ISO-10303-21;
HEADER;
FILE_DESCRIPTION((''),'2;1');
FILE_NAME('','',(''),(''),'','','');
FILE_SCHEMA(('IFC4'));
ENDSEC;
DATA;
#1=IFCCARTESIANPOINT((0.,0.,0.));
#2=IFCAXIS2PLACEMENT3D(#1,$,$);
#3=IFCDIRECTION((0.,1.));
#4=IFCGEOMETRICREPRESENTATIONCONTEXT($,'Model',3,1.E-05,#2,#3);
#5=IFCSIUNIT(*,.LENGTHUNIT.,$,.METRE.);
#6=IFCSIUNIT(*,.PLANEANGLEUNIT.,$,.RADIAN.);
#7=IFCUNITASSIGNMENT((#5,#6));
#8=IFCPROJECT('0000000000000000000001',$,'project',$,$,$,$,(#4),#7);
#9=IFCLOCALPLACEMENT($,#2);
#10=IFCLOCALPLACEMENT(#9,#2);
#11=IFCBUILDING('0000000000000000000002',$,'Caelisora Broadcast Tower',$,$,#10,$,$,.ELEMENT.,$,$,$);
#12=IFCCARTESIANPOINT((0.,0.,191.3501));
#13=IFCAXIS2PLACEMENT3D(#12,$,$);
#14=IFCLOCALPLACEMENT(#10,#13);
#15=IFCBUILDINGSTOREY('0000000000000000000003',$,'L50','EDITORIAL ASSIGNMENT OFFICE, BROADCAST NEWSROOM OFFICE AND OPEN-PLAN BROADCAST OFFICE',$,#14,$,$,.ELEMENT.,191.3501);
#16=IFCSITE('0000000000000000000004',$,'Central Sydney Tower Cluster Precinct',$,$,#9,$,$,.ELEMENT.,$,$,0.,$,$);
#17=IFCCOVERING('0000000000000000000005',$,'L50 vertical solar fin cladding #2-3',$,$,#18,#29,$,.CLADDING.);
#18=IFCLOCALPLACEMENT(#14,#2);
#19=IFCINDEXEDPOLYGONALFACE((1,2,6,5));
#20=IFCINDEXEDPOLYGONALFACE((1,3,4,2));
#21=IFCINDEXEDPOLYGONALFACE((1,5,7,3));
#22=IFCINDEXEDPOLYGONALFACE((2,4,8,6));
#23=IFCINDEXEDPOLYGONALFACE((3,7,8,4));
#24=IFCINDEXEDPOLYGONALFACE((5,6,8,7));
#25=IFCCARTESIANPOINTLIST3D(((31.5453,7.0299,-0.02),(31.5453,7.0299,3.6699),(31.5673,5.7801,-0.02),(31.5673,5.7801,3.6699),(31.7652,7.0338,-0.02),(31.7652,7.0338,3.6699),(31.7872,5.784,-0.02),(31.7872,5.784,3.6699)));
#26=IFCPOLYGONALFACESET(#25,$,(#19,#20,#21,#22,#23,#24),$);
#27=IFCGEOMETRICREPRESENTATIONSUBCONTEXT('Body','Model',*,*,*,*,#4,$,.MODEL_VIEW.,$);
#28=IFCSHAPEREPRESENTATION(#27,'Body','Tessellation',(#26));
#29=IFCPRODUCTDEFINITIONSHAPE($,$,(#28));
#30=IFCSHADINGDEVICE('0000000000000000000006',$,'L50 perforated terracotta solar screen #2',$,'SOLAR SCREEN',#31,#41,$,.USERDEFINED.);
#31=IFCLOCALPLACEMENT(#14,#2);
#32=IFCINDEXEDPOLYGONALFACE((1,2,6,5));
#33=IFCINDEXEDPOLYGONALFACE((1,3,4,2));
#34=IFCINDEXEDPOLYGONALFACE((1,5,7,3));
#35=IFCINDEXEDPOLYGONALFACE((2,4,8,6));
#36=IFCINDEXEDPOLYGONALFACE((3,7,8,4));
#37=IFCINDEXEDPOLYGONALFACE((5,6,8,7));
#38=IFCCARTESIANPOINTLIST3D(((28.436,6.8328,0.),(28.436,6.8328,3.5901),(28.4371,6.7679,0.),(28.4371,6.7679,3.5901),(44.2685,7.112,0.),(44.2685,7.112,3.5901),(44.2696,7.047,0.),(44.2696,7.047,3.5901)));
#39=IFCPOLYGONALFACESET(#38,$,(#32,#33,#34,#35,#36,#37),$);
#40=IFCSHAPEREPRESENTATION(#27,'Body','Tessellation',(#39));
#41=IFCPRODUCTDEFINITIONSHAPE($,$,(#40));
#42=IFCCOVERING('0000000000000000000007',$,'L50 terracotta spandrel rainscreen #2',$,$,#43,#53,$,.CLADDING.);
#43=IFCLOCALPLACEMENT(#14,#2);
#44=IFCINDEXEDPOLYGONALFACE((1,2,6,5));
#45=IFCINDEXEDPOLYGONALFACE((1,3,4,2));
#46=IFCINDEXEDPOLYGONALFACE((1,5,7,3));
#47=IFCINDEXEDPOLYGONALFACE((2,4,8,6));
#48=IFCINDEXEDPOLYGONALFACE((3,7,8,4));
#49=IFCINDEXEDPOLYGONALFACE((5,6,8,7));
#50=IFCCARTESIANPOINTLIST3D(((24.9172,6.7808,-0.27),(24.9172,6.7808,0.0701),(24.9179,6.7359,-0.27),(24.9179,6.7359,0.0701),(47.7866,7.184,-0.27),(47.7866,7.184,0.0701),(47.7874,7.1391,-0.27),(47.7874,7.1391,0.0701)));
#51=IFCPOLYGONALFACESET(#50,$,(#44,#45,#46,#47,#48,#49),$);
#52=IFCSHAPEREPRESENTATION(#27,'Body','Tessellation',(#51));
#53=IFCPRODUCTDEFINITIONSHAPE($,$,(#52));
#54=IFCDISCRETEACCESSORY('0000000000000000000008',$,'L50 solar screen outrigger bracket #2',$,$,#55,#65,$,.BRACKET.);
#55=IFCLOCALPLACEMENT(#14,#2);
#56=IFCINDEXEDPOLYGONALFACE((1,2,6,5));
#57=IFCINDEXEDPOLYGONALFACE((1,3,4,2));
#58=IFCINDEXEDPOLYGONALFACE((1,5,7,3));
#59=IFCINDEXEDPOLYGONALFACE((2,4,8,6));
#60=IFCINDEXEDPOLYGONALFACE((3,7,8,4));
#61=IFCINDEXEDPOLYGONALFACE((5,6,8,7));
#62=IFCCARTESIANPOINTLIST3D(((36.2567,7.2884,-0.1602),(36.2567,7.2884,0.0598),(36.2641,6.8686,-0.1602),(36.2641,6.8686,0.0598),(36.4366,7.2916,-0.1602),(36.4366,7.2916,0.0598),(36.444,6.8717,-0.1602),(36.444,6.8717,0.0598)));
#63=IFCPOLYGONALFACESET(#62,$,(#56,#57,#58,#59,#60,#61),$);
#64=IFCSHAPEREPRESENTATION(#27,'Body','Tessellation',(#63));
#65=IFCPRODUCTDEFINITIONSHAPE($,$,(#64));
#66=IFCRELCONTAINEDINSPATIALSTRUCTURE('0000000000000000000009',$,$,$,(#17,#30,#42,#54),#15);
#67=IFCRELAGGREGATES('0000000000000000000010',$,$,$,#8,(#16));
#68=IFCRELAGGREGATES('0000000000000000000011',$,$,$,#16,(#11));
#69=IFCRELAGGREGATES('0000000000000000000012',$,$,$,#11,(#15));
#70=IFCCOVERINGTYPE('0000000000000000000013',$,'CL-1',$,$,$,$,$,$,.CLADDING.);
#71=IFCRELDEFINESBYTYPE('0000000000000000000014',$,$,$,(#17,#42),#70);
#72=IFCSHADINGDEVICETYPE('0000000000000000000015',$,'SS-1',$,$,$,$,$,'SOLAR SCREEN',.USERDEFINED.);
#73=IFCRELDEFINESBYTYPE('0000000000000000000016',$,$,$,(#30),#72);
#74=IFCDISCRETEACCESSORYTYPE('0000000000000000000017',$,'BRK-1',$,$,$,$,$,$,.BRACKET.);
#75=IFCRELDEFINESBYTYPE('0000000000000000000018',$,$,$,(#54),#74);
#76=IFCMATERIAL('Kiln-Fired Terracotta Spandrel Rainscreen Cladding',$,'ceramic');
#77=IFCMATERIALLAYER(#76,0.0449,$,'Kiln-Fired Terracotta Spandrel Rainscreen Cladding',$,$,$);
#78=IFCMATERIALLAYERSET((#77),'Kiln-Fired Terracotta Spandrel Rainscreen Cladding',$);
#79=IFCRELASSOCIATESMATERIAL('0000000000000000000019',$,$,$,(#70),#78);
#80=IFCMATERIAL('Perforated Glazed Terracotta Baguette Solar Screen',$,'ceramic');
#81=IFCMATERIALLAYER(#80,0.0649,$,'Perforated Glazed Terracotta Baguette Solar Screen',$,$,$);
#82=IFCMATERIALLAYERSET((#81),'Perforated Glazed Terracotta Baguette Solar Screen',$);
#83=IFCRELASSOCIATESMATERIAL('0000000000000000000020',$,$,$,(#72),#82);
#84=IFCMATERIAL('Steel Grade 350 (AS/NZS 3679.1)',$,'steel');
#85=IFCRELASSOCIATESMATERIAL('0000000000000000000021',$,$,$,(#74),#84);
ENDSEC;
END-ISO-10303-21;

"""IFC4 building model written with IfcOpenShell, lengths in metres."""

from ifc_helpers import new_model, si_unit, direction, frame, origin, origin_2d, place, context, subcontext, project, spatial, rectangle, extrude, source, transform, mapped, material, layer, layer_set, type_object, type_shapes, element, save


model = new_model("IFC4")

# Units and contexts
model_context = context("Model", 3, precision=1e-05, world=origin(), true_north=direction((0.0, 1.0)))
body_context = subcontext(model_context, "Body", "Model", "MODEL_VIEW")
ifc_project = project(units=[si_unit("LENGTHUNIT", "METRE"), si_unit("PLANEANGLEUNIT", "RADIAN")], contexts=[model_context])

# Site, building, storey
site_placement = place(None, origin())
site = spatial("IfcSite", under=ifc_project, at=site_placement, Name="Central Sydney Tower Cluster Precinct", CompositionType="ELEMENT", RefElevation=0.0)
building_placement = place(site_placement, origin())
building = spatial("IfcBuilding", under=site, at=building_placement, Name="Caelisora Broadcast Tower", CompositionType="ELEMENT")
storey_placement = place(building_placement, frame((0.0, 0.0, 191.3501)))
storey = spatial("IfcBuildingStorey", under=building, at=storey_placement, Name="L50", Description="EDITORIAL ASSIGNMENT OFFICE, BROADCAST NEWSROOM OFFICE AND OPEN-PLAN BROADCAST OFFICE", CompositionType="ELEMENT", Elevation=191.3501)

# Shared definitions
ifc_material_1 = material(Name="Steel Grade 350 (AS/NZS 3679.1)", Category="steel")

# Covering
ifc_material_2 = material(Name="Kiln-Fired Terracotta Spandrel Rainscreen Cladding", Category="ceramic")
ifc_layer_1 = layer(ifc_material_2, 0.0449, Name="Kiln-Fired Terracotta Spandrel Rainscreen Cladding")
ifc_layer_set_1 = layer_set([ifc_layer_1], Name="Kiln-Fired Terracotta Spandrel Rainscreen Cladding")
covering_type = type_object("IfcCoveringType", Name="CL-1", PredefinedType="CLADDING", material=ifc_layer_set_1)
shared_shape_1 = source(origin(), body_context, "Body", "SweptSolid", [
    extrude(rectangle(XDim=0.22, YDim=1.25, at=origin_2d()), origin(), (0.0, 0.0, 1.0), 3.6899),
])
covering_1_placement = place(storey_placement, frame((31.6663, 6.407, -0.02), z_axis=(0.0, 0.0, 1.0), x_axis=(-0.999845, -0.017627, 0.0)))
element("IfcCovering", 1, at=covering_1_placement, inside=storey, type_object=covering_type, Name="L50 vertical solar fin cladding #2-3", PredefinedType="CLADDING", context=body_context, shape_type="MappedRepresentation", body=[
    mapped(shared_shape_1, transform((0.0, 0.0, 0.0), scale=1.0)),
])

# Shading device
ifc_material_3 = material(Name="Perforated Glazed Terracotta Baguette Solar Screen", Category="ceramic")
ifc_layer_2 = layer(ifc_material_3, 0.0649, Name="Perforated Glazed Terracotta Baguette Solar Screen")
ifc_layer_set_2 = layer_set([ifc_layer_2], Name="Perforated Glazed Terracotta Baguette Solar Screen")
shading_device_type = type_object("IfcShadingDeviceType", Name="SS-1", ElementType="SOLAR SCREEN", PredefinedType="USERDEFINED", material=ifc_layer_set_2)
shared_shape_2 = source(origin(), body_context, "Body", "SweptSolid", [
    extrude(rectangle(XDim=15.835, YDim=0.0649, at=origin_2d()), origin(), (0.0, 0.0, 1.0), 3.5901),
])
type_shapes(shading_device_type, [shared_shape_2])
shading_device_placement = place(storey_placement, frame((36.3528, 6.9399, 0.0), z_axis=(0.0, 0.0, 1.0), x_axis=(0.999845, 0.017627, 0.0)))
element("IfcShadingDevice", 2, at=shading_device_placement, inside=storey, type_object=shading_device_type, Name="L50 perforated terracotta solar screen #2", ObjectType="SOLAR SCREEN", PredefinedType="USERDEFINED", context=body_context, shape_type="MappedRepresentation", body=[
    mapped(shared_shape_2, transform((0.0, 0.0, 0.0), scale=1.0)),
])

# Covering
shared_shape_3 = source(origin(), body_context, "Body", "SweptSolid", [
    extrude(rectangle(XDim=22.873, YDim=0.0449, at=origin_2d()), origin(), (0.0, 0.0, 1.0), 0.3401),
])
type_shapes(covering_type, [shared_shape_1, shared_shape_3])
covering_2_placement = place(storey_placement, frame((36.3523, 6.96, -0.27), z_axis=(0.0, 0.0, 1.0), x_axis=(0.999845, 0.017627, 0.0)))
element("IfcCovering", 3, at=covering_2_placement, inside=storey, type_object=covering_type, Name="L50 terracotta spandrel rainscreen #2", PredefinedType="CLADDING", context=body_context, shape_type="MappedRepresentation", body=[
    mapped(shared_shape_3, transform((0.0, 0.0, 0.0), scale=1.0)),
])

# Discrete accessory
discrete_accessory_type = type_object("IfcDiscreteAccessoryType", Name="BRK-1", PredefinedType="BRACKET", material=ifc_material_1)
shared_shape_4 = source(origin(), body_context, "Body", "SweptSolid", [
    extrude(rectangle(XDim=0.1799, YDim=0.4199, at=origin_2d()), origin(), (0.0, 0.0, 1.0), 0.22),
])
type_shapes(discrete_accessory_type, [shared_shape_4])
discrete_accessory_placement = place(storey_placement, frame((36.3503, 7.0801, -0.1602), z_axis=(0.0, 0.0, 1.0), x_axis=(0.999845, 0.017627, 0.0)))
element("IfcDiscreteAccessory", 4, at=discrete_accessory_placement, inside=storey, type_object=discrete_accessory_type, Name="L50 solar screen outrigger bracket #2", PredefinedType="BRACKET", context=body_context, shape_type="MappedRepresentation", body=[
    mapped(shared_shape_4, transform((0.0, 0.0, 0.0), scale=1.0)),
])

save(model, "model.ifc")
